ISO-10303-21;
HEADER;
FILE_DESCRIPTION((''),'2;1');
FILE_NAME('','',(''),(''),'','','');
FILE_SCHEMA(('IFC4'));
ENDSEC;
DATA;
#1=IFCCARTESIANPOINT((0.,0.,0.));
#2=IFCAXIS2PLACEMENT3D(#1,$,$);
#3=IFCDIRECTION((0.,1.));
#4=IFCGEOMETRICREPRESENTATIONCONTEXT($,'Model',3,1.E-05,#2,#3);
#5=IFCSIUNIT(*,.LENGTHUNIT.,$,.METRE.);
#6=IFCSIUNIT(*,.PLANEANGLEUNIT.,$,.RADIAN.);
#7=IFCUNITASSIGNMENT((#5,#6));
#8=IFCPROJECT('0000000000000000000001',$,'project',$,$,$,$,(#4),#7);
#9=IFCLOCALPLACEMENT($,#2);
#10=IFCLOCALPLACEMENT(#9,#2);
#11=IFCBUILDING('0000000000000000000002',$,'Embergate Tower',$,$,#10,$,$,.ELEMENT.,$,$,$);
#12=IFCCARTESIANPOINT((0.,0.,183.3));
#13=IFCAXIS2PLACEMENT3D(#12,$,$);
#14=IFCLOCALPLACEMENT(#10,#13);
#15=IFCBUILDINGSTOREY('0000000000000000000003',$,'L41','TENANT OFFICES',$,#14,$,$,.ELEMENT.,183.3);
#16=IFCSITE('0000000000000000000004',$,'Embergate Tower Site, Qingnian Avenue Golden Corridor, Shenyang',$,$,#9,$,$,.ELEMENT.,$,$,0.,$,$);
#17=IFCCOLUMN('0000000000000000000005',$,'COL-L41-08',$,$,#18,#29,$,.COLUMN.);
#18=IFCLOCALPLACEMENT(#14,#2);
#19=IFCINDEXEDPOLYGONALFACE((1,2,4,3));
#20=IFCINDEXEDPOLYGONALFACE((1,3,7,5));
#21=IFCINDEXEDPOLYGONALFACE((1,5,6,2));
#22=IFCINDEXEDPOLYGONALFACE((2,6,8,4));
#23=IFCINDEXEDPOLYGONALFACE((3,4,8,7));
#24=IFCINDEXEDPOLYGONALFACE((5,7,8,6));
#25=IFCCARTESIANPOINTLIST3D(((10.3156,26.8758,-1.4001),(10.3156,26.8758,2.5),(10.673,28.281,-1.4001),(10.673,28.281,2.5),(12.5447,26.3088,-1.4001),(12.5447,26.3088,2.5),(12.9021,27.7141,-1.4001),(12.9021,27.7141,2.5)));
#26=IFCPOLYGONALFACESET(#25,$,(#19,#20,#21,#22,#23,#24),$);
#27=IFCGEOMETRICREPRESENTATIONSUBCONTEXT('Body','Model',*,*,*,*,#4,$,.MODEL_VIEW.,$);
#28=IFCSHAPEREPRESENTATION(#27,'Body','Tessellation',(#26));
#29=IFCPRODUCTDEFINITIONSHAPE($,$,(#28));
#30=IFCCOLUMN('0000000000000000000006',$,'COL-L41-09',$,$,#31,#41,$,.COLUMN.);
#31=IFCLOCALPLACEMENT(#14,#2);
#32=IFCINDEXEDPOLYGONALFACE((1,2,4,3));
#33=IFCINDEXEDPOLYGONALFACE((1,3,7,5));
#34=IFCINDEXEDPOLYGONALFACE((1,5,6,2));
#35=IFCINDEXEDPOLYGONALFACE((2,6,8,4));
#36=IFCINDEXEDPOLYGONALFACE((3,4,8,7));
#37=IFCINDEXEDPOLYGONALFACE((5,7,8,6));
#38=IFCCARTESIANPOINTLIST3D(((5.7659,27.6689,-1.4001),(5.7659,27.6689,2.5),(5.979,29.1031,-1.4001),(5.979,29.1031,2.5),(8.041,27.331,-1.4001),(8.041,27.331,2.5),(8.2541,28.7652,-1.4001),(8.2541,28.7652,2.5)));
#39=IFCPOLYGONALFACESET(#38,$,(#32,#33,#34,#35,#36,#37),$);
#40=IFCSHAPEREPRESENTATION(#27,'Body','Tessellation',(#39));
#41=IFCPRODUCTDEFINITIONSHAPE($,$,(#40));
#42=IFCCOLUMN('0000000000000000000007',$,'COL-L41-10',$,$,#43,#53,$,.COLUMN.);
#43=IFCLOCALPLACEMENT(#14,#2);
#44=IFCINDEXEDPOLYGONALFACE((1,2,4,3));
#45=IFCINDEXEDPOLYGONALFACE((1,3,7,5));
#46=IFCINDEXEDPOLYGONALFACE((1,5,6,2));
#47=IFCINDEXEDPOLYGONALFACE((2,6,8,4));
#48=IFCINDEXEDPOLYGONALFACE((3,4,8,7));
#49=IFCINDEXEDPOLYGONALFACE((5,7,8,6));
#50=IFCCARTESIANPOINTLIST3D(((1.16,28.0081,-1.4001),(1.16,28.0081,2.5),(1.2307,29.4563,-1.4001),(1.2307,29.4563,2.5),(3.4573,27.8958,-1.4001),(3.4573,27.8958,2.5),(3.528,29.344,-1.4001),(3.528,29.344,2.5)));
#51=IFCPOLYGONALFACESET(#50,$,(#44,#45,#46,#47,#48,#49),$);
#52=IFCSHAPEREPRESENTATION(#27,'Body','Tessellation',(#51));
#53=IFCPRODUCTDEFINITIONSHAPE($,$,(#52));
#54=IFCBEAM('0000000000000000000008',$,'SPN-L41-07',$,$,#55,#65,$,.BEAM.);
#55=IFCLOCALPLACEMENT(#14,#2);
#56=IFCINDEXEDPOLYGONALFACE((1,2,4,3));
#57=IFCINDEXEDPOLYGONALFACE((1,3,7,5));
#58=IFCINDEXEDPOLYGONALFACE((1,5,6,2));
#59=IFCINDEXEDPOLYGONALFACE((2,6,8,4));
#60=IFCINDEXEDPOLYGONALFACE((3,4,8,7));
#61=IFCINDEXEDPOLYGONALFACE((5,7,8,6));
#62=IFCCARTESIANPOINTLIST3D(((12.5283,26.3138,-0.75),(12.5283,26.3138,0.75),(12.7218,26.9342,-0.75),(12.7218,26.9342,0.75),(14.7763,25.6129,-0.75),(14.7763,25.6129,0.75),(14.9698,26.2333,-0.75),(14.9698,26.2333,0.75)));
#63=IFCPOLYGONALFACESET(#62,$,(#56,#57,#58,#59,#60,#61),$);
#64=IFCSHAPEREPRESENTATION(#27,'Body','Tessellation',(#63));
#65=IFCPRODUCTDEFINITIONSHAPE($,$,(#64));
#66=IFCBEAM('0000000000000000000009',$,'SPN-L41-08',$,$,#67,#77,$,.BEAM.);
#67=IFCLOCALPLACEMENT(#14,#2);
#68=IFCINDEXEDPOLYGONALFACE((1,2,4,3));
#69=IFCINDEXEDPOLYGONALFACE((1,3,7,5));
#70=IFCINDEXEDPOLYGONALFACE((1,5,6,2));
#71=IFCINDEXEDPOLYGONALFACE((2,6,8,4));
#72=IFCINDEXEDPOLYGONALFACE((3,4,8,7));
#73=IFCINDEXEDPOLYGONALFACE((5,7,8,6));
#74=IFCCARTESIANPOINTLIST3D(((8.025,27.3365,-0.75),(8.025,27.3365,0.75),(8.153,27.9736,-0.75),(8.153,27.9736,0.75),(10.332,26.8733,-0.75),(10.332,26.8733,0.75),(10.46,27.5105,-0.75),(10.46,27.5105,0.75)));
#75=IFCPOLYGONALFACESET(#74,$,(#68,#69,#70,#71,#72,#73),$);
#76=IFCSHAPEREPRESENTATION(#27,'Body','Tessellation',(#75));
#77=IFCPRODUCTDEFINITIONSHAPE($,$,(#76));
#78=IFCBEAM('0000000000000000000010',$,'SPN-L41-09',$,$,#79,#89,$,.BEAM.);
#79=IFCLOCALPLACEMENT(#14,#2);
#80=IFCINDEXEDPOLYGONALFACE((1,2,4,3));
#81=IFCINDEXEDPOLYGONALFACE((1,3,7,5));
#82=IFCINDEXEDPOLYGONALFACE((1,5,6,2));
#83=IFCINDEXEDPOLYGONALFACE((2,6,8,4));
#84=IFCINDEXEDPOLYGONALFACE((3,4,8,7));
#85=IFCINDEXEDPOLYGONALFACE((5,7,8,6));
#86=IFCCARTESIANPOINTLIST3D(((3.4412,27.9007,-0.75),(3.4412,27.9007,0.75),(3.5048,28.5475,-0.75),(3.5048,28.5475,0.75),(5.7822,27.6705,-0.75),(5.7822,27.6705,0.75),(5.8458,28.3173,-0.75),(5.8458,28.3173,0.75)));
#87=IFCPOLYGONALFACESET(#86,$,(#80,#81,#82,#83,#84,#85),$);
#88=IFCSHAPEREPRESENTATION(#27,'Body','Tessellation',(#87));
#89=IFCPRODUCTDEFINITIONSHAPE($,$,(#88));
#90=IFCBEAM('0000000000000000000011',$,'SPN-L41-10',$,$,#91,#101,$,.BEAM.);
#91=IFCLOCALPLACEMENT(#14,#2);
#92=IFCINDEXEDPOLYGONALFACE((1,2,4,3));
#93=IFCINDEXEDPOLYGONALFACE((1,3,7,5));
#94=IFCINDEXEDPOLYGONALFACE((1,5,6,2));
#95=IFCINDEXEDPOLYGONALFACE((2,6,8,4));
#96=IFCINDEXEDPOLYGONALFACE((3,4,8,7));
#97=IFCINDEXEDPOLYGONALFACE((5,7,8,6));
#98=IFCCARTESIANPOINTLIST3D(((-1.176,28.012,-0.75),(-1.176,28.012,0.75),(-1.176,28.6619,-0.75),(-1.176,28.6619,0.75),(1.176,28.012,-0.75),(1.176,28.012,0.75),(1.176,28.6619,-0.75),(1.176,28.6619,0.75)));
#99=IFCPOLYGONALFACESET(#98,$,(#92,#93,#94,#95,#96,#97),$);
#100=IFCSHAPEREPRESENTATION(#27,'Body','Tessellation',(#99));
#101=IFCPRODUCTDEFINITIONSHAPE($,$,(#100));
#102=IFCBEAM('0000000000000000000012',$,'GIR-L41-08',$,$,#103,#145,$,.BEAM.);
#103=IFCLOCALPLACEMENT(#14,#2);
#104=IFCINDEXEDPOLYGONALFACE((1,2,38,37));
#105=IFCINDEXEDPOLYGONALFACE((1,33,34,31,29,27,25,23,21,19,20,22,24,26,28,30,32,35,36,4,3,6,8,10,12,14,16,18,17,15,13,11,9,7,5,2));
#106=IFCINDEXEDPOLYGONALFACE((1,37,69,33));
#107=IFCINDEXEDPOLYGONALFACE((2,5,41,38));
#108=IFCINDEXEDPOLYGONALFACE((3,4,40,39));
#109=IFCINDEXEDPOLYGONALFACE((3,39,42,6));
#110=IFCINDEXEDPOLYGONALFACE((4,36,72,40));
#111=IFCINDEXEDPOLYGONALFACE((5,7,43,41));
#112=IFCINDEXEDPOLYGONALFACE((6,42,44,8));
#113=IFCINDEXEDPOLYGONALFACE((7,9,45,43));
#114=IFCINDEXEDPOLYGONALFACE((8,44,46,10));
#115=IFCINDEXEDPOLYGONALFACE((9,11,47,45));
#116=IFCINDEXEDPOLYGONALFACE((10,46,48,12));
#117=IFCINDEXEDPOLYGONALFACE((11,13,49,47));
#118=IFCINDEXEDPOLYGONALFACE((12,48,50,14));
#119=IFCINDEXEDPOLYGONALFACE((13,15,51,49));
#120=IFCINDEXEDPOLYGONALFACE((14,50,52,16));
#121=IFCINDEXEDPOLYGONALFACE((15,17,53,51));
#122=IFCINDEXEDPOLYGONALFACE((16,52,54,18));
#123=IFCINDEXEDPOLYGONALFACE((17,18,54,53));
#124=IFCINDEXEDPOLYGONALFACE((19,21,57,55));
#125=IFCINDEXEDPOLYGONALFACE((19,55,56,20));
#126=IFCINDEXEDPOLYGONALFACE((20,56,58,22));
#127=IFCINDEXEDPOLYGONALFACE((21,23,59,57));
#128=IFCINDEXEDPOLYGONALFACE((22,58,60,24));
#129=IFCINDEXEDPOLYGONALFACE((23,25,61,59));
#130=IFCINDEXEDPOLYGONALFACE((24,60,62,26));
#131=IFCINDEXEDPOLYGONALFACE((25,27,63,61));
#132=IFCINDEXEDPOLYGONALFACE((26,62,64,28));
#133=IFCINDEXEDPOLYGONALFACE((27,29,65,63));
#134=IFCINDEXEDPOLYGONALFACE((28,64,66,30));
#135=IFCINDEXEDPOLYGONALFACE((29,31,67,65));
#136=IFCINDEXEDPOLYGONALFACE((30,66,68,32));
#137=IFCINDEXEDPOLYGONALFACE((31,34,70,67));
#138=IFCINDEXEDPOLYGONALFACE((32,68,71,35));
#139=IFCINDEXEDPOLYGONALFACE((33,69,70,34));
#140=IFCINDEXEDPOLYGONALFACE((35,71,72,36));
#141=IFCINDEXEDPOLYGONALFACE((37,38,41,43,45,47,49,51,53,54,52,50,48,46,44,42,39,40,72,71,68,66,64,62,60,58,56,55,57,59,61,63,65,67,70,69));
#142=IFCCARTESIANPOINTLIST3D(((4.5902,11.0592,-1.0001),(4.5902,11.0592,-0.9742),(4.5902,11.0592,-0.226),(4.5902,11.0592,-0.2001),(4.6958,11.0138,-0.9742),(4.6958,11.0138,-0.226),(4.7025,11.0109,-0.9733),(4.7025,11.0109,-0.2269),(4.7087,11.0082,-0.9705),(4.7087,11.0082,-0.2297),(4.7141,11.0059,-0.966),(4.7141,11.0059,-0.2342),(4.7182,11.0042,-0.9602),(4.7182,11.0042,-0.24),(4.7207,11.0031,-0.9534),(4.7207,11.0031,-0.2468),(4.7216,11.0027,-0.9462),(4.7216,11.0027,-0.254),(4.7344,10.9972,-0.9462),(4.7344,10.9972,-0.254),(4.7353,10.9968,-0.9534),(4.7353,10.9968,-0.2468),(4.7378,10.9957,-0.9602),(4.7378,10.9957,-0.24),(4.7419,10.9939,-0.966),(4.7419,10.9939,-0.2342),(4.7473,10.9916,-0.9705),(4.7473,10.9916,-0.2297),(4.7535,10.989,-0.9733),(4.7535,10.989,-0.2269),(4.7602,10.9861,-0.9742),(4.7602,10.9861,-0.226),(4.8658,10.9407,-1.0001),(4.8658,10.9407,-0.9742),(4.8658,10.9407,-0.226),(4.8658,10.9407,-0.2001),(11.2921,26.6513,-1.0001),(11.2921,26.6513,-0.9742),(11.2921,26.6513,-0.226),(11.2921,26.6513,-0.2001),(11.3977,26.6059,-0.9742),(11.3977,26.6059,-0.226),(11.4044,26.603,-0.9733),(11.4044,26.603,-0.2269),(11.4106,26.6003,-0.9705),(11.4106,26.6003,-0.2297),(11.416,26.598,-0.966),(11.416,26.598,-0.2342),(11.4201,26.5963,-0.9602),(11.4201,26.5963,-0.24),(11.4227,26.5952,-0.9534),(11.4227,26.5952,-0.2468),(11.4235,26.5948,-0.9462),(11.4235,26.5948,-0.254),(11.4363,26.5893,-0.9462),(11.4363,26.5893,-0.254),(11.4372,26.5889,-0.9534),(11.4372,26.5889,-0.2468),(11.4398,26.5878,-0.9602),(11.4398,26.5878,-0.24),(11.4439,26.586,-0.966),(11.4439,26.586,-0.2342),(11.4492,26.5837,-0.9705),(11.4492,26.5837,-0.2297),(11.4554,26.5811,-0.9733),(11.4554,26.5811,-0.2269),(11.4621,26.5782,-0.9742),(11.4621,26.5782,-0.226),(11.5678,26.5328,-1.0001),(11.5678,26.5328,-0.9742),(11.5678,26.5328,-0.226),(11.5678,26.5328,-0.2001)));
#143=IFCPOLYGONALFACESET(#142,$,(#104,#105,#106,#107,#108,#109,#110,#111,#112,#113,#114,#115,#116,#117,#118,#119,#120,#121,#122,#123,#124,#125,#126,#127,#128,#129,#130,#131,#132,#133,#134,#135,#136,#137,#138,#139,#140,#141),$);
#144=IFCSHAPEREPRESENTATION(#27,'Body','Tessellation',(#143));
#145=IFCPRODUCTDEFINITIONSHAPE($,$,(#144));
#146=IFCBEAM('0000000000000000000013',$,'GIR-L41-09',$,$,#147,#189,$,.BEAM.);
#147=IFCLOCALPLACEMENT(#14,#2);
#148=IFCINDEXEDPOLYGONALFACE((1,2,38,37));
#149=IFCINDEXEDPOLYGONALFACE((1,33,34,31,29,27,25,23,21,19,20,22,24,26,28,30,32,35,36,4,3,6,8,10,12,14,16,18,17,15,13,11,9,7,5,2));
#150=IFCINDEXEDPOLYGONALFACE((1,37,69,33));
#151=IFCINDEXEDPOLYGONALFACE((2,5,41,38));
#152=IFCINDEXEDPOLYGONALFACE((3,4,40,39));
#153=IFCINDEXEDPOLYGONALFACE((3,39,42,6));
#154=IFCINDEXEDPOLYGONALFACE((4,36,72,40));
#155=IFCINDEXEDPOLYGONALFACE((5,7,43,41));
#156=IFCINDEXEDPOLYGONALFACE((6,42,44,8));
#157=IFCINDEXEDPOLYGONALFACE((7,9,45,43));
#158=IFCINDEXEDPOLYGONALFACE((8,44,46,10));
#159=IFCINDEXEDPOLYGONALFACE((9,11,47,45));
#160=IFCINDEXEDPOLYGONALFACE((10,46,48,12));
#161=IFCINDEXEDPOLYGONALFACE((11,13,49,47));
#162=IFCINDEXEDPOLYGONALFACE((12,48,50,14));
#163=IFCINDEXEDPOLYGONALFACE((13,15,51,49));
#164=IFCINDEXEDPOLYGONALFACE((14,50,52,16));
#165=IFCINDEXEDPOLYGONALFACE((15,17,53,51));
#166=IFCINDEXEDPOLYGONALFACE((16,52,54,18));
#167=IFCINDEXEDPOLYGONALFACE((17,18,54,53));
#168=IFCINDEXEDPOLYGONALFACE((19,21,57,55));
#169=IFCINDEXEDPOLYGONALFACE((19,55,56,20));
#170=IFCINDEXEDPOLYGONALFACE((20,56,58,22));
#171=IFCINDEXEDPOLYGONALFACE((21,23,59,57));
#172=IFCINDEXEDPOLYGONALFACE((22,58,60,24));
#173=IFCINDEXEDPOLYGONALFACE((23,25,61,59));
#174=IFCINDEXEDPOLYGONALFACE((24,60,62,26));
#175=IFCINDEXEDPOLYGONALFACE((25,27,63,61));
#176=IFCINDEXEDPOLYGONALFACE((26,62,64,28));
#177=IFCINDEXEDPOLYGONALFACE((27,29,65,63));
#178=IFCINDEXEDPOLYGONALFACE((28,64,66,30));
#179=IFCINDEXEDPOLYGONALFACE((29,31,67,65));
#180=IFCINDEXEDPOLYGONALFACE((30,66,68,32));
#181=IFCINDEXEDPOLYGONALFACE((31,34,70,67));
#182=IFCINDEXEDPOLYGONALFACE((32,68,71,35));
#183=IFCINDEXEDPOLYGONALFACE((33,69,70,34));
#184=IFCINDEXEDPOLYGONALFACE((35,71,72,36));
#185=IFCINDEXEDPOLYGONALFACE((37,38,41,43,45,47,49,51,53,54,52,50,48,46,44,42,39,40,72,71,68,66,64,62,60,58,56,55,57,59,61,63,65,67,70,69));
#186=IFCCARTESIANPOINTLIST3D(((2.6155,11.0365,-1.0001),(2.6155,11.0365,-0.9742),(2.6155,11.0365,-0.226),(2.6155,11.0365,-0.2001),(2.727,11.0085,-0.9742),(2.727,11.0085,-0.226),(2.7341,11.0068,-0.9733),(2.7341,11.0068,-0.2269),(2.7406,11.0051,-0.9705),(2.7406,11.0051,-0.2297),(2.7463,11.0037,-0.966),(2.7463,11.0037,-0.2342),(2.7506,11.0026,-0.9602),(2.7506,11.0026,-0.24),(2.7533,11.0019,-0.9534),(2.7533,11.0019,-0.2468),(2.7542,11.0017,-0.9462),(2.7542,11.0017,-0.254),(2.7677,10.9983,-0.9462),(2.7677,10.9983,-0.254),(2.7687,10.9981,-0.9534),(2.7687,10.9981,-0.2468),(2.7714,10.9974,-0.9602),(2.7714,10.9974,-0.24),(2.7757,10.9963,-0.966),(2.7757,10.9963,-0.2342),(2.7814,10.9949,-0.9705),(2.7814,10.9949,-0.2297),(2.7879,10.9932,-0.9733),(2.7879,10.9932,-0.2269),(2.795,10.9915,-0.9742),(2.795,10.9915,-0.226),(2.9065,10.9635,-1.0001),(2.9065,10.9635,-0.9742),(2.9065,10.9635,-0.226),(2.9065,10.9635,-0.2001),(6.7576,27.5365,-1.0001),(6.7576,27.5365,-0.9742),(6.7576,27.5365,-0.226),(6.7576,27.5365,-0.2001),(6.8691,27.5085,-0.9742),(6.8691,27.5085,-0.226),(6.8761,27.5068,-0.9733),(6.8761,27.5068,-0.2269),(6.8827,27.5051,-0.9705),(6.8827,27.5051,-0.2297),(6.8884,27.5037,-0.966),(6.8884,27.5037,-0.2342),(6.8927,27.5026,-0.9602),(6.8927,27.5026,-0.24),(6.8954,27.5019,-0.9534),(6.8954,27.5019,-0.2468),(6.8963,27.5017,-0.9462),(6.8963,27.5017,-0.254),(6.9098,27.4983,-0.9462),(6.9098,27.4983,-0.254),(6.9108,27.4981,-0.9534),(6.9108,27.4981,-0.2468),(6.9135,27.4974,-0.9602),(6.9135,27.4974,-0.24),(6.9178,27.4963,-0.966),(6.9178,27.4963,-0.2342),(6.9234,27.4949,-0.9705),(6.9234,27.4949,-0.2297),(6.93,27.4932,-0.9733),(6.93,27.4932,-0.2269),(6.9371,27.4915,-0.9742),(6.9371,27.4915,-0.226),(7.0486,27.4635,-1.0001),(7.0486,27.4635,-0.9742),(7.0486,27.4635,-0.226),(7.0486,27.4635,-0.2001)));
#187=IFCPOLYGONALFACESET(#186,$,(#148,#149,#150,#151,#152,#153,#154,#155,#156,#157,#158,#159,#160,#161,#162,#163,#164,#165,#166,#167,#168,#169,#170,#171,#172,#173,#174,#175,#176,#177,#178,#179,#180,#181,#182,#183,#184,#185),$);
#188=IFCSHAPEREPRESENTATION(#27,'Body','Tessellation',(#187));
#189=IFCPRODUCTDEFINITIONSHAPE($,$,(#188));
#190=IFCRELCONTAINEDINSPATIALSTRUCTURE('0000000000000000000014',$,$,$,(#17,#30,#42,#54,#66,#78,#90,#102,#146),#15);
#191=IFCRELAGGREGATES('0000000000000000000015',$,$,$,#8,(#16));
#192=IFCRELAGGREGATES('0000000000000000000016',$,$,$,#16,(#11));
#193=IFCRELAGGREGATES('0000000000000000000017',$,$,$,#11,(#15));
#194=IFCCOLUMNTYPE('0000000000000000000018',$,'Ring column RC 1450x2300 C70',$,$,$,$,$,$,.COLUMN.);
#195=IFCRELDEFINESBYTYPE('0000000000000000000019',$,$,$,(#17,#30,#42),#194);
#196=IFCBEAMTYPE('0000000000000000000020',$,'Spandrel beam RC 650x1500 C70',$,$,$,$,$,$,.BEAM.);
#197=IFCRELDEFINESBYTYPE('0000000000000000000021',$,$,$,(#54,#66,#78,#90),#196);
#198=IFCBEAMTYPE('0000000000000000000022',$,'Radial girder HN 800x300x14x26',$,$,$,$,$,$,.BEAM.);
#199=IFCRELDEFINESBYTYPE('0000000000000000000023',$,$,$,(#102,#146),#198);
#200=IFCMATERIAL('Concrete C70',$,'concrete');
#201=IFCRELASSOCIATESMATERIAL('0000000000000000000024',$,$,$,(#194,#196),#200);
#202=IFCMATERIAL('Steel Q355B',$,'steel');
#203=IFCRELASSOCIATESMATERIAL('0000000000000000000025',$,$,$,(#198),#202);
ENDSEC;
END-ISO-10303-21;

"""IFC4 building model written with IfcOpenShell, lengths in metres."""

from ifc_helpers import new_model, si_unit, direction, frame, origin, origin_2d, place, context, subcontext, project, spatial, rectangle, i_section, extrude, source, transform, mapped, material, material_profile, profile_set, type_object, element, save


model = new_model("IFC4")

# Units and contexts
model_context = context("Model", 3, precision=1e-05, world=origin(), true_north=direction((0.0, 1.0)))
body_context = subcontext(model_context, "Body", "Model", "MODEL_VIEW")
ifc_project = project(units=[si_unit("LENGTHUNIT", "METRE"), si_unit("PLANEANGLEUNIT", "RADIAN")], contexts=[model_context])

# Site, building, storey
site_placement = place(None, origin())
site = spatial("IfcSite", under=ifc_project, at=site_placement, Name="Embergate Tower Site, Qingnian Avenue Golden Corridor, Shenyang", CompositionType="ELEMENT", RefElevation=0.0)
building_placement = place(site_placement, origin())
building = spatial("IfcBuilding", under=site, at=building_placement, Name="Embergate Tower", CompositionType="ELEMENT")
storey_placement = place(building_placement, frame((0.0, 0.0, 183.3)))
storey = spatial("IfcBuildingStorey", under=building, at=storey_placement, Name="L41", Description="TENANT OFFICES", CompositionType="ELEMENT", Elevation=183.3)

# Columns
ifc_material_1 = material(Name="Concrete C70", Category="concrete")
ifc_material_profile_1 = material_profile(ifc_material_1, rectangle(XDim=1.45, YDim=2.3, at=origin_2d()), Name="RC 1450x2300")
ifc_profile_set_1 = profile_set([ifc_material_profile_1], Name="Concrete C70")
column_type = type_object("IfcColumnType", Name="Ring column RC 1450x2300 C70", PredefinedType="COLUMN", material=ifc_profile_set_1)
shared_shape_1 = source(origin(), body_context, "Body", "SweptSolid", [
    extrude(rectangle(XDim=1.45, YDim=2.3, at=origin_2d()), origin(), (0.0, 0.0, 1.0), 3.9001),
])
for number, where, z_axis, x_axis, name in (
    (1, (11.6089, 27.2949, -1.4001), (0.0, 0.0, 1.0), (0.246492, 0.969145, 0.0), "COL-L41-08"),
    (2, (7.01, 28.217, -1.4001), (0.0, 0.0, 1.0), (0.146929, 0.989147, 0.0), "COL-L41-09"),
    (3, (2.344, 28.676, -1.4001), (0.0, 0.0, 1.0), (0.048815, 0.998808, 0.0), "COL-L41-10"),
):
    element("IfcColumn", number, at=place(storey_placement, frame(where, z_axis=z_axis, x_axis=x_axis)), inside=storey, type_object=column_type, Name=name, PredefinedType="COLUMN", context=body_context, shape_type="MappedRepresentation", body=[
        mapped(shared_shape_1, transform((0.0, 0.0, 0.0))),
    ])

# Beams
ifc_material_profile_2 = material_profile(ifc_material_1, rectangle(XDim=0.6499, YDim=1.5, at=origin_2d()), Name="RC 650x1500")
ifc_profile_set_2 = profile_set([ifc_material_profile_2], Name="Concrete C70")
beam_type_1 = type_object("IfcBeamType", Name="Spandrel beam RC 650x1500 C70", PredefinedType="BEAM", material=ifc_profile_set_2)
shared_shape_2 = source(origin(), body_context, "Body", "SweptSolid", [
    extrude(rectangle(XDim=0.6499, YDim=1.5, at=origin_2d()), origin(), (0.0, 0.0, 1.0), 2.3547),
])
beam_1_placement = place(storey_placement, frame((14.873, 25.9231, 0.0), z_axis=(-0.954672, 0.297661, 0.0), x_axis=(-0.297661, -0.954672, 0.0)))
element("IfcBeam", 4, at=beam_1_placement, inside=storey, type_object=beam_type_1, Name="SPN-L41-07", PredefinedType="BEAM", context=body_context, shape_type="MappedRepresentation", body=[
    mapped(shared_shape_2, transform((0.0, 0.0, 0.0))),
])
shared_shape_3 = source(origin(), body_context, "Body", "SweptSolid", [
    extrude(rectangle(XDim=0.6499, YDim=1.5, at=origin_2d()), origin(), (0.0, 0.0, 1.0), 2.353),
])
beam_2_placement = place(storey_placement, frame((10.396, 27.1919, 0.0), z_axis=(-0.980437, 0.196834, 0.0), x_axis=(-0.196834, -0.980437, 0.0)))
element("IfcBeam", 5, at=beam_2_placement, inside=storey, type_object=beam_type_1, Name="SPN-L41-08", PredefinedType="BEAM", context=body_context, shape_type="MappedRepresentation", body=[
    mapped(shared_shape_3, transform((0.0, 0.0, 0.0))),
])
shared_shape_4 = source(origin(), body_context, "Body", "SweptSolid", [
    extrude(rectangle(XDim=0.6499, YDim=1.5, at=origin_2d()), origin(), (0.0, 0.0, 1.0), 2.3523),
])
beam_3_placement = place(storey_placement, frame((5.814, 27.9939, 0.0), z_axis=(-0.995199, 0.09787, 0.0), x_axis=(-0.09787, -0.995199, 0.0)))
element("IfcBeam", 6, at=beam_3_placement, inside=storey, type_object=beam_type_1, Name="SPN-L41-09", PredefinedType="BEAM", context=body_context, shape_type="MappedRepresentation", body=[
    mapped(shared_shape_4, transform((0.0, 0.0, 0.0))),
])
shared_shape_5 = source(origin(), body_context, "Body", "SweptSolid", [
    extrude(rectangle(XDim=0.6499, YDim=1.5, at=origin_2d()), origin(), (0.0, 0.0, 1.0), 2.3521),
])
beam_4_placement = place(storey_placement, frame((1.176, 28.3369, 0.0), z_axis=(-1.0, 0.0, 0.0), x_axis=(0.0, -1.0, 0.0)))
element("IfcBeam", 7, at=beam_4_placement, inside=storey, type_object=beam_type_1, Name="SPN-L41-10", PredefinedType="BEAM", context=body_context, shape_type="MappedRepresentation", body=[
    mapped(shared_shape_5, transform((0.0, 0.0, 0.0))),
])
ifc_material_2 = material(Name="Steel Q355B", Category="steel")
ifc_material_profile_3 = material_profile(ifc_material_2, i_section(OverallWidth=0.3, OverallDepth=0.8, WebThickness=0.0139, FlangeThickness=0.0259, FilletRadius=0.0281, at=origin_2d()), Name="HN 800x300x14x26")
ifc_profile_set_3 = profile_set([ifc_material_profile_3], Name="Steel Q355 grade B")
beam_type_2 = type_object("IfcBeamType", Name="Radial girder HN 800x300x14x26", PredefinedType="BEAM", material=ifc_profile_set_3)
shared_shape_6 = source(origin(), body_context, "Body", "SweptSolid", [
    extrude(i_section(OverallWidth=0.3, OverallDepth=0.8, WebThickness=0.0139, FlangeThickness=0.0259, FilletRadius=0.0281, at=origin_2d()), origin(), (0.0, 0.0, 1.0), 16.9714),
])
beam_5_placement = place(storey_placement, frame((11.4299, 26.592, -0.6001), z_axis=(-0.394895, -0.918726, 0.0), x_axis=(0.918726, -0.394895, 0.0)))
element("IfcBeam", 8, at=beam_5_placement, inside=storey, type_object=beam_type_2, Name="GIR-L41-08", PredefinedType="BEAM", context=body_context, shape_type="MappedRepresentation", body=[
    mapped(shared_shape_6, transform((0.0, 0.0, 0.0))),
])
shared_shape_7 = source(origin(), body_context, "Body", "SweptSolid", [
    extrude(i_section(OverallWidth=0.3, OverallDepth=0.8, WebThickness=0.0139, FlangeThickness=0.0259, FilletRadius=0.0281, at=origin_2d()), origin(), (0.0, 0.0, 1.0), 17.012),
])
beam_6_placement = place(storey_placement, frame((6.9031, 27.5, -0.6001), z_axis=(-0.243481, -0.969906, 0.0), x_axis=(0.969906, -0.243481, 0.0)))
element("IfcBeam", 9, at=beam_6_placement, inside=storey, type_object=beam_type_2, Name="GIR-L41-09", PredefinedType="BEAM", context=body_context, shape_type="MappedRepresentation", body=[
    mapped(shared_shape_7, transform((0.0, 0.0, 0.0))),
])

save(model, "model.ifc")
